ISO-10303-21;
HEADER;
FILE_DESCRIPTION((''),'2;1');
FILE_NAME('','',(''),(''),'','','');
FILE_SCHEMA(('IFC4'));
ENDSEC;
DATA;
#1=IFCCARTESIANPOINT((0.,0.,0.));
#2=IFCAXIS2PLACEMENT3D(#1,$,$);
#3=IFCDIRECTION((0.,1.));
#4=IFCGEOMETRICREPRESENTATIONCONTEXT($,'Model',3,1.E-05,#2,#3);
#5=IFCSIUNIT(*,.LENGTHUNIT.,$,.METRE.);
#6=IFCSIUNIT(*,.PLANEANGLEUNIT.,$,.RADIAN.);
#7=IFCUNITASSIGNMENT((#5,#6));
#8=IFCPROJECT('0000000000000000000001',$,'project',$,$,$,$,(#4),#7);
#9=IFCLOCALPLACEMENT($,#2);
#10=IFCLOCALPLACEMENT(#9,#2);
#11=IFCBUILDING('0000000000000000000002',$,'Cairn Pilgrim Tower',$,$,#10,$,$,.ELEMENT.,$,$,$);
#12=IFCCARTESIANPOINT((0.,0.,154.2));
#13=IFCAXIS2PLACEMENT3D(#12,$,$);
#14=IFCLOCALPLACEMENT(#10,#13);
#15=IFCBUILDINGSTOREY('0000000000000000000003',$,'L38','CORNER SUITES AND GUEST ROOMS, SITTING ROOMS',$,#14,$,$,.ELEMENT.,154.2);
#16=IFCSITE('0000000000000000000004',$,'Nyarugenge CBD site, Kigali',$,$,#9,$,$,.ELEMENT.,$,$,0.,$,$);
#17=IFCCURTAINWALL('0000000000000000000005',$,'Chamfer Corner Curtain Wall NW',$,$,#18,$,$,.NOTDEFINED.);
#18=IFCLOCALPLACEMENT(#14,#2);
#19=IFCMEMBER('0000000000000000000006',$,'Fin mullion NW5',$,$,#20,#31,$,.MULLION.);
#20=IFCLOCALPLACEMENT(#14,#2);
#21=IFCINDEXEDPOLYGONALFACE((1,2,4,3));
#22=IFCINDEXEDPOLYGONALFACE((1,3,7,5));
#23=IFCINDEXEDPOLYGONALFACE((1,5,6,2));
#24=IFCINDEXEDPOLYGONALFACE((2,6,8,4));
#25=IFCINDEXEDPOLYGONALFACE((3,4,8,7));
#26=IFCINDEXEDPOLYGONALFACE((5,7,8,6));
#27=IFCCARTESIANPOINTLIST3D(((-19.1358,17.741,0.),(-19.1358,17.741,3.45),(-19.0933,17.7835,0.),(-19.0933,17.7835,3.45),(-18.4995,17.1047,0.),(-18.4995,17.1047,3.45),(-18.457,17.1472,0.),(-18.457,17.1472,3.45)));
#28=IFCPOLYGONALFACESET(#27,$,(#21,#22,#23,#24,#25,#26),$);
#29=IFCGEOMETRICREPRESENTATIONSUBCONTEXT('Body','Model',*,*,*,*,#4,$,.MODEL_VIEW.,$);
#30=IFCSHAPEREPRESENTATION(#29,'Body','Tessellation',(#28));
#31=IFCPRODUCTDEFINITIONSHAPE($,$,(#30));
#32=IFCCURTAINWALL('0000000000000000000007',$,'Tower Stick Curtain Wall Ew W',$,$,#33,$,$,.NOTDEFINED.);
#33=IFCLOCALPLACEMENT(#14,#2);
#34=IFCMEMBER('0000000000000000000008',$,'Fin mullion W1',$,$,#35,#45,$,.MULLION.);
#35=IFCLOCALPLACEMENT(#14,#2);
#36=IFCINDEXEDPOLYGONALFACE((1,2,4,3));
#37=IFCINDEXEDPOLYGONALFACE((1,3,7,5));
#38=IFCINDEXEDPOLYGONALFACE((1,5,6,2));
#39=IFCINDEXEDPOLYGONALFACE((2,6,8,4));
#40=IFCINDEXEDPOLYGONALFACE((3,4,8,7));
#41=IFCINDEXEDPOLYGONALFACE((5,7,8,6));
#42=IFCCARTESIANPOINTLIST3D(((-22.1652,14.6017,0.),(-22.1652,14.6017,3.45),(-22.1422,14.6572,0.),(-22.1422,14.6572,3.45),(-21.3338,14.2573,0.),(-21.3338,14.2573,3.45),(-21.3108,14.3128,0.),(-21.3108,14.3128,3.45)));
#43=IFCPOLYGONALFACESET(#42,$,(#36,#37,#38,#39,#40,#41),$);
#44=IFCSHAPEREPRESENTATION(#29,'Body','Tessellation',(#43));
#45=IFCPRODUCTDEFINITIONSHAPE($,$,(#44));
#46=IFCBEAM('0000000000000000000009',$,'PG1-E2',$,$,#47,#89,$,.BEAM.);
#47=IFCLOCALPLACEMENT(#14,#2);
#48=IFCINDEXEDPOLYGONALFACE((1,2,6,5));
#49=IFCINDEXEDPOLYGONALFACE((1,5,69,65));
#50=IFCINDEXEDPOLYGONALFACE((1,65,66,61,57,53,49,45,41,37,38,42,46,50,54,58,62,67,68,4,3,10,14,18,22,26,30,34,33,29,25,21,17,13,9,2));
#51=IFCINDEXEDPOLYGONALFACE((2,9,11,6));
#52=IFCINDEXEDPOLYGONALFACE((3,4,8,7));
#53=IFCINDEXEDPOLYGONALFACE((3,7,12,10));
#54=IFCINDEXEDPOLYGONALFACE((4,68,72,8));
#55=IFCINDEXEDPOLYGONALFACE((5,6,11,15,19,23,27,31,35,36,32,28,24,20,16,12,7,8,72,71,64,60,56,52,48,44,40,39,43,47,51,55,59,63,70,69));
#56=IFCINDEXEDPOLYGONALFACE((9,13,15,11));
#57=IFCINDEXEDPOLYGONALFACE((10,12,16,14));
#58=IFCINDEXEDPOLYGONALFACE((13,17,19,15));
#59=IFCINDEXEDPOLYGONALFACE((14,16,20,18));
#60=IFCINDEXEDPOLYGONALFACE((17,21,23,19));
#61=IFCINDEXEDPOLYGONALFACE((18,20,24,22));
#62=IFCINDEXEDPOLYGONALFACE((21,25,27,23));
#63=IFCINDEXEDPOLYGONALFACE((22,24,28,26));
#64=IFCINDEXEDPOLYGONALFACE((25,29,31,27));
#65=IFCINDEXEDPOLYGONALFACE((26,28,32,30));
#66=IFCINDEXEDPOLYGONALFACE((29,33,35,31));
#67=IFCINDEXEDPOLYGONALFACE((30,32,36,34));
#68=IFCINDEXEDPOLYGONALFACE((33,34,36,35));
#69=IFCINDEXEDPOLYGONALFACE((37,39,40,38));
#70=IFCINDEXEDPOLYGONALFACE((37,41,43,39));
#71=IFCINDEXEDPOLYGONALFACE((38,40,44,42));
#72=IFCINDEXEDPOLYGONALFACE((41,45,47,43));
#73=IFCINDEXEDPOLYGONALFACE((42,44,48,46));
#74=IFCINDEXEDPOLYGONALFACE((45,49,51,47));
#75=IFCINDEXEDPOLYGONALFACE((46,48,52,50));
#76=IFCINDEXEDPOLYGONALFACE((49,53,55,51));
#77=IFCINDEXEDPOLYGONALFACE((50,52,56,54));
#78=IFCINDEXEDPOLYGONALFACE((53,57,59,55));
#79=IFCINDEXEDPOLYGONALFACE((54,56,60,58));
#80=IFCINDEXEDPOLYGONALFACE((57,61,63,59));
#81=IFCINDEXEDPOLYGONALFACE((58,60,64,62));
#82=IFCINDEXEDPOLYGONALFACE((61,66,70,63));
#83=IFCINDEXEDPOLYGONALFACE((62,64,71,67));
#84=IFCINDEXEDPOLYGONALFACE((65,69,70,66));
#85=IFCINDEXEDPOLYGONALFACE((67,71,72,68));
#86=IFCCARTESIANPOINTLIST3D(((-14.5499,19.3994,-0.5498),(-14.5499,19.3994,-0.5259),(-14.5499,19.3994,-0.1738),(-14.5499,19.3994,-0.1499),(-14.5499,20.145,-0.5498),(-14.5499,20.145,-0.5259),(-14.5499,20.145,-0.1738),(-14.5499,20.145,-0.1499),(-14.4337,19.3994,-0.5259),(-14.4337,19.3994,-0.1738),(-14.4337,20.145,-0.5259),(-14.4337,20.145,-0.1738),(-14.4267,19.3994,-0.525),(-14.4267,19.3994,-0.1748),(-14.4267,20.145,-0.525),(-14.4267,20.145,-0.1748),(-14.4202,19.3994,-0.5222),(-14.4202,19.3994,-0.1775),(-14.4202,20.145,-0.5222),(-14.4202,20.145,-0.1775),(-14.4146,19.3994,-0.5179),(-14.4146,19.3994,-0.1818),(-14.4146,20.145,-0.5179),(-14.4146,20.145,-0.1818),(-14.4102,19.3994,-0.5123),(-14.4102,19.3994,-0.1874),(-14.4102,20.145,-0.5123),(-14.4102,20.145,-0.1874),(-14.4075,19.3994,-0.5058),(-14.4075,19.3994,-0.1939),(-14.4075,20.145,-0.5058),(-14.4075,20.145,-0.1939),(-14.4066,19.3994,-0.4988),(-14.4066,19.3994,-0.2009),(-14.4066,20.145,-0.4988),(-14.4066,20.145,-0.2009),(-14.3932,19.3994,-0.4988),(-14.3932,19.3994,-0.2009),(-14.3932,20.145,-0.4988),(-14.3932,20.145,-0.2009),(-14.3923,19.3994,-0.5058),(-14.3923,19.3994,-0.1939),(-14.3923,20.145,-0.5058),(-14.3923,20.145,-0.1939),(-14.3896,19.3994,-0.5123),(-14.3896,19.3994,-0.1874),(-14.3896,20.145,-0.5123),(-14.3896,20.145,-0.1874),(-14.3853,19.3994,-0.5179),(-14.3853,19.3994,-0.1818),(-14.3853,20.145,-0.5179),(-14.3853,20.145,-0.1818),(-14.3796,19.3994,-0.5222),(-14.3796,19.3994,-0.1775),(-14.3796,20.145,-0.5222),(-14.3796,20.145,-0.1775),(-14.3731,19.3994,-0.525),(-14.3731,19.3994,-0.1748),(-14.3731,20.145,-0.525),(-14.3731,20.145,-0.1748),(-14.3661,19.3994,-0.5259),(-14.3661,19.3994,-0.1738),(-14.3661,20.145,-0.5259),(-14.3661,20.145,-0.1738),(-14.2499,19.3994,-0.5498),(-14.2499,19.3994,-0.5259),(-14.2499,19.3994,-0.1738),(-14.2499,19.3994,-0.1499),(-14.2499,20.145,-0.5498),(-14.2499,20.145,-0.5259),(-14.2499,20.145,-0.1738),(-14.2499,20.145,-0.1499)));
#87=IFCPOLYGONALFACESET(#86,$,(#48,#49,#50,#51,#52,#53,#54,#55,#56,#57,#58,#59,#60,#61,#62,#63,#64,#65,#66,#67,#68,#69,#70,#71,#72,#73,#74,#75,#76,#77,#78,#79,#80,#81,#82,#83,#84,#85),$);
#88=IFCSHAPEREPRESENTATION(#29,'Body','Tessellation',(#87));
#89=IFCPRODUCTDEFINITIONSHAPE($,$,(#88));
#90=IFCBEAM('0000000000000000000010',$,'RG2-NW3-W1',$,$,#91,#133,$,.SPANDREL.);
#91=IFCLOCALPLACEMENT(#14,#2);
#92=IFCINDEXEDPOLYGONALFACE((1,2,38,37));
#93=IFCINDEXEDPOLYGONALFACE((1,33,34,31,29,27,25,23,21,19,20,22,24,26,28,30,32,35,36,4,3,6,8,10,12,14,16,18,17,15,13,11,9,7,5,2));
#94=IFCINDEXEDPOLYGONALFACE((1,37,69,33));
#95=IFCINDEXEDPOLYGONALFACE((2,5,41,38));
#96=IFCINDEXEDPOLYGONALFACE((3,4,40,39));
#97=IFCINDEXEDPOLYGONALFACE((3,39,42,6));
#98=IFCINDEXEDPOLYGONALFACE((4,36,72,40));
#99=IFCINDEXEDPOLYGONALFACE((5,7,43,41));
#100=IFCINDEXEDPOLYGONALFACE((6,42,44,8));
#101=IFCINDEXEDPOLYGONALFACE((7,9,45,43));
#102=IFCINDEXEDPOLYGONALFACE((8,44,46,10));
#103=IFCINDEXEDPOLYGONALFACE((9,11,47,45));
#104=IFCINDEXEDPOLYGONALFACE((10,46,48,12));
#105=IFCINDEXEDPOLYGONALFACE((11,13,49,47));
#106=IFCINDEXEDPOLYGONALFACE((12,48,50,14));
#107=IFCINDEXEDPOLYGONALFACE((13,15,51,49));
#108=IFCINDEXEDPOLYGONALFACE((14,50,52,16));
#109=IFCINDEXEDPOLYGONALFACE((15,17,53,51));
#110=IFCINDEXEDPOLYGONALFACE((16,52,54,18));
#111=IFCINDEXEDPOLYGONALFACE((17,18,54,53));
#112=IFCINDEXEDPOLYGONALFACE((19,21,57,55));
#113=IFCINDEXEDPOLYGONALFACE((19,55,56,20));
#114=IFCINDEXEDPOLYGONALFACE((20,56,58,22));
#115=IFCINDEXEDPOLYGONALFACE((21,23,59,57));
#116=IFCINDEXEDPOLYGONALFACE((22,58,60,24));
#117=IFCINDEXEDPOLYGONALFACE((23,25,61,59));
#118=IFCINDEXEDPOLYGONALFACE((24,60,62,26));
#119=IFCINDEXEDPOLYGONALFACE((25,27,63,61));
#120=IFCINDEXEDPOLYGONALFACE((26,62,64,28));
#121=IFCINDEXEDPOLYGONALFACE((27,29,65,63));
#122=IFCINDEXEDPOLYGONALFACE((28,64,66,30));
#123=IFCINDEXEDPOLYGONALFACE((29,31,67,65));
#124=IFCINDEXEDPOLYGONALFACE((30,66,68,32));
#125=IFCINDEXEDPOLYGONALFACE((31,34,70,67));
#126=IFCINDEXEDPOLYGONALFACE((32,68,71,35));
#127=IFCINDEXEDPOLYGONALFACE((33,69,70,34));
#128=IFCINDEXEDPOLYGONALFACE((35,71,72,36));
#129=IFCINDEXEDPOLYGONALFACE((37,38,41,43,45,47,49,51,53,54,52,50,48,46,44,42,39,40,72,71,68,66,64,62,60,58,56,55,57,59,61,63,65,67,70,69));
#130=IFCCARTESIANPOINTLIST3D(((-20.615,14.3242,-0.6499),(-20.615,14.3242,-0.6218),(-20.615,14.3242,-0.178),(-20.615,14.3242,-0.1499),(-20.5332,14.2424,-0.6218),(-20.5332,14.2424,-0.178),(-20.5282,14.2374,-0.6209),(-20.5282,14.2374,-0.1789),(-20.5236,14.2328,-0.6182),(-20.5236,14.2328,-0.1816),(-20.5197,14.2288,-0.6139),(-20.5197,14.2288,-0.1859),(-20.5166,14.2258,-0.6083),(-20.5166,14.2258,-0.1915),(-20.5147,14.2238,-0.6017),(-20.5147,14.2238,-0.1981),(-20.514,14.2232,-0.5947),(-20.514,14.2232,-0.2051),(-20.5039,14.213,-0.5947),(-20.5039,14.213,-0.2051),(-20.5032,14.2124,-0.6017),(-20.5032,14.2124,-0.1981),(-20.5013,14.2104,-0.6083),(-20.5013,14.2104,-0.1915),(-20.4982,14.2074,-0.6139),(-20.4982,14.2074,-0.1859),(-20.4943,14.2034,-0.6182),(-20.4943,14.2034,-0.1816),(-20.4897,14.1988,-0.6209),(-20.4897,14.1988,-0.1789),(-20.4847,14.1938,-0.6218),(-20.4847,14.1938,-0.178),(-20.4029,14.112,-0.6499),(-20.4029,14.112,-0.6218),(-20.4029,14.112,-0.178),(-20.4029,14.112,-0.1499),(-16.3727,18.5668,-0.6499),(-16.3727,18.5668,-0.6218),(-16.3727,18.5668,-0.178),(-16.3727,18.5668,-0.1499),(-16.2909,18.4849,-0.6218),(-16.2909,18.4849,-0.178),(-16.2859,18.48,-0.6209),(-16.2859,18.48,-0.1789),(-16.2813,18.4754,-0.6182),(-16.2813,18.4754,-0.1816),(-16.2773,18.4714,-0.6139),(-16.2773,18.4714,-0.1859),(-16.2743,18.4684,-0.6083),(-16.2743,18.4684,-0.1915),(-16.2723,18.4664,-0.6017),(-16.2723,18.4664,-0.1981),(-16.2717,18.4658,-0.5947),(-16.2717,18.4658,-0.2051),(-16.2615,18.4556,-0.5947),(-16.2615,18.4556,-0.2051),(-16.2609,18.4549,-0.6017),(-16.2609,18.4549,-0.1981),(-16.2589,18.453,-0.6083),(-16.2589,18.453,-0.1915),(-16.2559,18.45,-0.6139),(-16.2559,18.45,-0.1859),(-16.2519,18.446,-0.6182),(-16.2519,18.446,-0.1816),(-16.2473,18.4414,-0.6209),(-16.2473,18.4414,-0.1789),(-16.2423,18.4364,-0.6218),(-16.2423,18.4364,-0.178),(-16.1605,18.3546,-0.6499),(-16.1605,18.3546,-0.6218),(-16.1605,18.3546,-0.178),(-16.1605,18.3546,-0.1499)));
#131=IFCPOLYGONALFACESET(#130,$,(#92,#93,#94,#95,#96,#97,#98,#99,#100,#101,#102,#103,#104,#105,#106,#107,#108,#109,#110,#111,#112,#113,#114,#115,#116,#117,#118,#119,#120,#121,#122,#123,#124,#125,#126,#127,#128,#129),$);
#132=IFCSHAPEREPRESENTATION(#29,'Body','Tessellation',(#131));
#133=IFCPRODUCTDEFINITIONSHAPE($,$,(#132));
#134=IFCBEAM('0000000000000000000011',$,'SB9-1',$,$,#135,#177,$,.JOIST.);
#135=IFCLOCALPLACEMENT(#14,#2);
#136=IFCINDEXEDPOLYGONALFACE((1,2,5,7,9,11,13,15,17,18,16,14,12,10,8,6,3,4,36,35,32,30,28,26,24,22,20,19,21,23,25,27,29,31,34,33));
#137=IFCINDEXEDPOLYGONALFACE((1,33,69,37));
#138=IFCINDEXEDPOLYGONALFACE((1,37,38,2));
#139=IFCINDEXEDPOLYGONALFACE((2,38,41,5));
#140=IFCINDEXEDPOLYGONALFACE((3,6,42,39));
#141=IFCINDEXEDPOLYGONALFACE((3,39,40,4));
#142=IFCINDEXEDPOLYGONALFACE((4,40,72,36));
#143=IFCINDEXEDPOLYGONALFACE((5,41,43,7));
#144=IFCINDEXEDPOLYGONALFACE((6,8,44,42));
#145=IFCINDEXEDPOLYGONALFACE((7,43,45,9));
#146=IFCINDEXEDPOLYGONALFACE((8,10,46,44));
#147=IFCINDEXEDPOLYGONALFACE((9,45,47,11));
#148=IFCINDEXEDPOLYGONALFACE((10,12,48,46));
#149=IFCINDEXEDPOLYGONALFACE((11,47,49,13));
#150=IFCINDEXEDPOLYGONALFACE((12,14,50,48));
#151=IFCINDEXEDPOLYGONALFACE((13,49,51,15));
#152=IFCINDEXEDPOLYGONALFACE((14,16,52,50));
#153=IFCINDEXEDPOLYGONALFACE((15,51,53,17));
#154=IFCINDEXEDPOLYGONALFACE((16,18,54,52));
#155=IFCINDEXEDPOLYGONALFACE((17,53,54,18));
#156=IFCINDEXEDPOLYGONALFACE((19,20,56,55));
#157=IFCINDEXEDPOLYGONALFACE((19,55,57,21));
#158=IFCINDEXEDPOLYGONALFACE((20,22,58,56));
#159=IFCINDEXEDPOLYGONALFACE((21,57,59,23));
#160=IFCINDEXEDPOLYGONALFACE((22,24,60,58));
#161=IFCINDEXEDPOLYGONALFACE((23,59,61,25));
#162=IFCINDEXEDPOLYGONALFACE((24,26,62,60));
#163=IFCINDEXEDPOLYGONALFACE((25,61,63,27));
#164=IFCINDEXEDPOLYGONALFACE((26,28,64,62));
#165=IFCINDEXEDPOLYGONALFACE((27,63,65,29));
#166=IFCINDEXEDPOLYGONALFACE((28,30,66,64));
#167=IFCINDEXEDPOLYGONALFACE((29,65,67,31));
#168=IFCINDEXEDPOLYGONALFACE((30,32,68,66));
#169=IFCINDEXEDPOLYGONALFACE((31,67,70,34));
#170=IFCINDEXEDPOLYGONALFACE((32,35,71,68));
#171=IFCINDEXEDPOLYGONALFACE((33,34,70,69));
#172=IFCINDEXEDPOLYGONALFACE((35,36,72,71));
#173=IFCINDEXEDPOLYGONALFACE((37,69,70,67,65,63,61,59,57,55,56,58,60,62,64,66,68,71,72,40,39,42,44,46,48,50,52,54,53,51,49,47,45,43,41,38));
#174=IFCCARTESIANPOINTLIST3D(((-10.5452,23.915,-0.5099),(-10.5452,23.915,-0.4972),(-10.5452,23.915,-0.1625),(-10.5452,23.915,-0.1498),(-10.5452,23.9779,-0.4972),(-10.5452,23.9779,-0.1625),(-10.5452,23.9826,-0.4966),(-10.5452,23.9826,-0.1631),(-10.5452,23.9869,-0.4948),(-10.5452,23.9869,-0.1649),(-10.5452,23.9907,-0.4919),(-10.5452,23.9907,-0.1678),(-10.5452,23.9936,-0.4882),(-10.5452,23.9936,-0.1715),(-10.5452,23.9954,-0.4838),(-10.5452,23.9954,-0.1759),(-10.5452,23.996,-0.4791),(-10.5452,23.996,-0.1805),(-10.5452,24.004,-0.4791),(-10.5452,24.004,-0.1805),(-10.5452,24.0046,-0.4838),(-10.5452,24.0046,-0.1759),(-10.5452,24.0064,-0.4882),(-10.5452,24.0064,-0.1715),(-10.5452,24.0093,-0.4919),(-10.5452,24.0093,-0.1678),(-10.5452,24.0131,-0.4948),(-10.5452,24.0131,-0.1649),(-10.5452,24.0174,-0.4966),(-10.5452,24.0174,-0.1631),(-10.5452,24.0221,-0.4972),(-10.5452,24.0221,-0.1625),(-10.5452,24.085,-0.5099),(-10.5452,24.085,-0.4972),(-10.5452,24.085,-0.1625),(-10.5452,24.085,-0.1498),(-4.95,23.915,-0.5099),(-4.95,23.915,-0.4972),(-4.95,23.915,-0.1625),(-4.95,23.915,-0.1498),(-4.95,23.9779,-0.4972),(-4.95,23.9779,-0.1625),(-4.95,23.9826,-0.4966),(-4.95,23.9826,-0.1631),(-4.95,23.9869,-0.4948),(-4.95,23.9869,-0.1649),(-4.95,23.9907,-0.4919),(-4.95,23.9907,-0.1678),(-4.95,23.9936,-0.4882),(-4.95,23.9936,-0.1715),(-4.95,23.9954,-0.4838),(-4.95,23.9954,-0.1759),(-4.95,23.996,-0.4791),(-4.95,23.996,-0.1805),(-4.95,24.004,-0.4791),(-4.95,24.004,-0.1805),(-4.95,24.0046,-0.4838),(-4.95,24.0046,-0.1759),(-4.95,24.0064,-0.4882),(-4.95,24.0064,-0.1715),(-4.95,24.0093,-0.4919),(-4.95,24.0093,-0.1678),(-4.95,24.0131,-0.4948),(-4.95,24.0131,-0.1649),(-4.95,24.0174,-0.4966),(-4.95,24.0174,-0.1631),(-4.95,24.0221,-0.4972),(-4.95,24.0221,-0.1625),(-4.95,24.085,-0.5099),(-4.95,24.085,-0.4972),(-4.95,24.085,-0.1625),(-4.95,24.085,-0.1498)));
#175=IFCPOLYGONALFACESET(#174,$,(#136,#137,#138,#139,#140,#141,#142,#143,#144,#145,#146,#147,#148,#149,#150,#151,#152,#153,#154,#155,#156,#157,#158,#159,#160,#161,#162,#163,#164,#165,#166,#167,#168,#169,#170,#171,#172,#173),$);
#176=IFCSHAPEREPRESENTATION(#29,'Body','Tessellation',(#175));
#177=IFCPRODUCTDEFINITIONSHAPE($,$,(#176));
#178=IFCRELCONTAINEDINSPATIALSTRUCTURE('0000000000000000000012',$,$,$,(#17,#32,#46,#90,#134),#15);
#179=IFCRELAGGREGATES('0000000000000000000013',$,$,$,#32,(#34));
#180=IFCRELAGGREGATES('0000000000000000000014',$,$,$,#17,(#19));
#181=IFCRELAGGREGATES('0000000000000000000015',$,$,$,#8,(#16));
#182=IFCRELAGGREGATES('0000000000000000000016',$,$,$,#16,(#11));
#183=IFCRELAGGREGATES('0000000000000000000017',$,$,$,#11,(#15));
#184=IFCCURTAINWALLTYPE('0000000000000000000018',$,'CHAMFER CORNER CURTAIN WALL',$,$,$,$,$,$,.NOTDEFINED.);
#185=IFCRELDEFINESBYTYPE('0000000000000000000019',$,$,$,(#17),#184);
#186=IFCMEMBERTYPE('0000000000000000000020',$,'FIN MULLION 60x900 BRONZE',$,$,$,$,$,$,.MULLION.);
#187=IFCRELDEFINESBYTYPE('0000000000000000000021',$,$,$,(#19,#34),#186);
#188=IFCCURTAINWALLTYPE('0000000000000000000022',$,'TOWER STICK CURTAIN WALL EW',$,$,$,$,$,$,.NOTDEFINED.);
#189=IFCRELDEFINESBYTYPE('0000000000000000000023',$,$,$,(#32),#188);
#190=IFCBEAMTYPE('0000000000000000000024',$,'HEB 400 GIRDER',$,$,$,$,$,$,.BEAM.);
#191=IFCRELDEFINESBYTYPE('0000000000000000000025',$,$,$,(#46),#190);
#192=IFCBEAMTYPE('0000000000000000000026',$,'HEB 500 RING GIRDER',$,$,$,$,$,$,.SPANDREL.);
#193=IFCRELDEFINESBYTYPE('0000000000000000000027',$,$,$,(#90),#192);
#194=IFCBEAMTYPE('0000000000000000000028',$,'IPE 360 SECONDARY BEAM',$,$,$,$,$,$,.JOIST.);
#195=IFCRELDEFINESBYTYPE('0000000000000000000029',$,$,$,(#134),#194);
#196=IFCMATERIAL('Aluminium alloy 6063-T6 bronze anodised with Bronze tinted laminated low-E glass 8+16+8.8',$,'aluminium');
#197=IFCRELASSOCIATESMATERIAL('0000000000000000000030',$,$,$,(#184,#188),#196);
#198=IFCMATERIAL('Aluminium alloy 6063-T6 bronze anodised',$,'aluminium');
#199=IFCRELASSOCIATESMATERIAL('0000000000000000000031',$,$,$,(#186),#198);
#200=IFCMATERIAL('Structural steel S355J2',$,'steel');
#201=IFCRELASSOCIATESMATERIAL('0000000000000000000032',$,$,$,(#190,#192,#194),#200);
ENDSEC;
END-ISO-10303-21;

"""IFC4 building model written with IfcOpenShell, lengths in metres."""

from ifc_helpers import new_model, si_unit, direction, frame, origin, origin_2d, place, context, subcontext, project, spatial, rectangle, i_section, extrude, material, material_profile, profile_set, type_object, element, aggregate, save


model = new_model("IFC4")

# Units and contexts
model_context = context("Model", 3, precision=1e-05, world=origin(), true_north=direction((0.0, 1.0)))
body_context = subcontext(model_context, "Body", "Model", "MODEL_VIEW")
ifc_project = project(units=[si_unit("LENGTHUNIT", "METRE"), si_unit("PLANEANGLEUNIT", "RADIAN")], contexts=[model_context])

# Site, building, storey
site_placement = place(None, origin())
site = spatial("IfcSite", under=ifc_project, at=site_placement, Name="Nyarugenge CBD site, Kigali", CompositionType="ELEMENT", RefElevation=0.0)
building_placement = place(site_placement, origin())
building = spatial("IfcBuilding", under=site, at=building_placement, Name="Cairn Pilgrim Tower", CompositionType="ELEMENT")
storey_placement = place(building_placement, frame((0.0, 0.0, 154.2)))
storey = spatial("IfcBuildingStorey", under=building, at=storey_placement, Name="L38", Description="CORNER SUITES AND GUEST ROOMS, SITTING ROOMS", CompositionType="ELEMENT", Elevation=154.2)

# Shared definitions
ifc_material_1 = material(Name="Structural steel S355J2", Category="steel")

# Curtain wall, member
ifc_material_2 = material(Name="Aluminium alloy 6063-T6 bronze anodised with Bronze tinted laminated low-E glass 8+16+8.8", Category="aluminium")
curtain_wall_type_1 = type_object("IfcCurtainWallType", Name="CHAMFER CORNER CURTAIN WALL", PredefinedType="NOTDEFINED", material=ifc_material_2)
curtain_wall_1_placement = place(storey_placement, origin())
curtain_wall_1 = element("IfcCurtainWall", 1, at=curtain_wall_1_placement, inside=storey, type_object=curtain_wall_type_1, Name="Chamfer Corner Curtain Wall NW", PredefinedType="NOTDEFINED")
ifc_material_3 = material(Name="Aluminium alloy 6063-T6 bronze anodised", Category="aluminium")
ifc_material_profile_1 = material_profile(ifc_material_3, rectangle(XDim=0.8999, YDim=0.0601, at=origin_2d()), Name="FIN MULLION 60x900 BRONZE")
ifc_profile_set_1 = profile_set([ifc_material_profile_1], Name="Aluminium alloy 6063-T6 bronze anodised")
member_type_1 = type_object("IfcMemberType", Name="FIN MULLION 60x900 BRONZE", PredefinedType="MULLION", material=ifc_profile_set_1)
member_1_placement = place(storey_placement, frame((-18.7964, 17.4441, 0.0), z_axis=(0.0, 0.0, 1.0), x_axis=(-0.707107, 0.707107, 0.0)))
member_1 = element("IfcMember", 2, at=member_1_placement, type_object=member_type_1, Name="Fin mullion NW5", PredefinedType="MULLION", context=body_context, shape_type="SweptSolid", body=[
    extrude(rectangle(XDim=0.8999, YDim=0.0601, at=origin_2d()), origin(), (0.0, 0.0, 1.0), 3.45),
])

# Curtain wall, member
curtain_wall_type_2 = type_object("IfcCurtainWallType", Name="TOWER STICK CURTAIN WALL EW", PredefinedType="NOTDEFINED", material=ifc_material_2)
curtain_wall_2_placement = place(storey_placement, origin())
curtain_wall_2 = element("IfcCurtainWall", 3, at=curtain_wall_2_placement, inside=storey, type_object=curtain_wall_type_2, Name="Tower Stick Curtain Wall Ew W", PredefinedType="NOTDEFINED")
member_2_placement = place(storey_placement, frame((-21.738, 14.4573, 0.0), z_axis=(0.0, 0.0, 1.0), x_axis=(-0.92388, 0.382683, 0.0)))
member_2 = element("IfcMember", 4, at=member_2_placement, type_object=member_type_1, Name="Fin mullion W1", PredefinedType="MULLION", context=body_context, shape_type="SweptSolid", body=[
    extrude(rectangle(XDim=0.8999, YDim=0.0601, at=origin_2d()), origin(), (0.0, 0.0, 1.0), 3.45),
])
aggregate(curtain_wall_2, [member_2])

# Beams
ifc_material_profile_2 = material_profile(ifc_material_1, i_section(OverallWidth=0.3, OverallDepth=0.3999, WebThickness=0.0134, FlangeThickness=0.0239, FilletRadius=0.0271, at=origin_2d()), Name="HEB 400")
ifc_profile_set_2 = profile_set([ifc_material_profile_2], Name="Structural steel S355J2")
beam_type_1 = type_object("IfcBeamType", Name="HEB 400 GIRDER", PredefinedType="BEAM", material=ifc_profile_set_2)
beam_1_placement = place(storey_placement, frame((-14.3999, 19.3994, -0.3499), z_axis=(0.0, 1.0, 0.0), x_axis=(-1.0, 0.0, 0.0)))
element("IfcBeam", 5, at=beam_1_placement, inside=storey, type_object=beam_type_1, Name="PG1-E2", PredefinedType="BEAM", context=body_context, shape_type="SweptSolid", body=[
    extrude(i_section(OverallWidth=0.3, OverallDepth=0.3999, WebThickness=0.0134, FlangeThickness=0.0239, FilletRadius=0.0271, at=origin_2d()), origin(), (0.0, 0.0, 1.0), 0.7456),
])
ifc_material_profile_3 = material_profile(ifc_material_1, i_section(OverallWidth=0.3, OverallDepth=0.5, WebThickness=0.0144, FlangeThickness=0.0281, FilletRadius=0.0271, at=origin_2d()), Name="HEB 500")
ifc_profile_set_3 = profile_set([ifc_material_profile_3], Name="Structural steel S355J2")
beam_type_2 = type_object("IfcBeamType", Name="HEB 500 RING GIRDER", PredefinedType="SPANDREL", material=ifc_profile_set_3)
beam_2_placement = place(storey_placement, frame((-16.2666, 18.4607, -0.3999), z_axis=(-0.707086, -0.707127, 0.0), x_axis=(0.707127, -0.707086, 0.0)))
element("IfcBeam", 6, at=beam_2_placement, inside=storey, type_object=beam_type_2, Name="RG2-NW3-W1", PredefinedType="SPANDREL", context=body_context, shape_type="SweptSolid", body=[
    extrude(i_section(OverallWidth=0.3, OverallDepth=0.5, WebThickness=0.0144, FlangeThickness=0.0281, FilletRadius=0.0271, at=origin_2d()), origin(), (0.0, 0.0, 1.0), 5.9998),
])
ifc_material_profile_4 = material_profile(ifc_material_1, i_section(OverallWidth=0.1699, OverallDepth=0.3601, WebThickness=0.0081, FlangeThickness=0.0127, FilletRadius=0.0181, at=origin_2d()), Name="IPE 360")
ifc_profile_set_4 = profile_set([ifc_material_profile_4], Name="Structural steel S355J2")
beam_type_3 = type_object("IfcBeamType", Name="IPE 360 SECONDARY BEAM", PredefinedType="JOIST", material=ifc_profile_set_4)
beam_3_placement = place(storey_placement, frame((-10.5452, 24.0, -0.3298), z_axis=(1.0, 0.0, 0.0), x_axis=(0.0, 1.0, 0.0)))
element("IfcBeam", 7, at=beam_3_placement, inside=storey, type_object=beam_type_3, Name="SB9-1", PredefinedType="JOIST", context=body_context, shape_type="SweptSolid", body=[
    extrude(i_section(OverallWidth=0.1699, OverallDepth=0.3601, WebThickness=0.0081, FlangeThickness=0.0127, FilletRadius=0.0181, at=origin_2d()), origin(), (0.0, 0.0, 1.0), 5.5952),
])

aggregate(curtain_wall_1, [member_1])

save(model, "model.ifc")
